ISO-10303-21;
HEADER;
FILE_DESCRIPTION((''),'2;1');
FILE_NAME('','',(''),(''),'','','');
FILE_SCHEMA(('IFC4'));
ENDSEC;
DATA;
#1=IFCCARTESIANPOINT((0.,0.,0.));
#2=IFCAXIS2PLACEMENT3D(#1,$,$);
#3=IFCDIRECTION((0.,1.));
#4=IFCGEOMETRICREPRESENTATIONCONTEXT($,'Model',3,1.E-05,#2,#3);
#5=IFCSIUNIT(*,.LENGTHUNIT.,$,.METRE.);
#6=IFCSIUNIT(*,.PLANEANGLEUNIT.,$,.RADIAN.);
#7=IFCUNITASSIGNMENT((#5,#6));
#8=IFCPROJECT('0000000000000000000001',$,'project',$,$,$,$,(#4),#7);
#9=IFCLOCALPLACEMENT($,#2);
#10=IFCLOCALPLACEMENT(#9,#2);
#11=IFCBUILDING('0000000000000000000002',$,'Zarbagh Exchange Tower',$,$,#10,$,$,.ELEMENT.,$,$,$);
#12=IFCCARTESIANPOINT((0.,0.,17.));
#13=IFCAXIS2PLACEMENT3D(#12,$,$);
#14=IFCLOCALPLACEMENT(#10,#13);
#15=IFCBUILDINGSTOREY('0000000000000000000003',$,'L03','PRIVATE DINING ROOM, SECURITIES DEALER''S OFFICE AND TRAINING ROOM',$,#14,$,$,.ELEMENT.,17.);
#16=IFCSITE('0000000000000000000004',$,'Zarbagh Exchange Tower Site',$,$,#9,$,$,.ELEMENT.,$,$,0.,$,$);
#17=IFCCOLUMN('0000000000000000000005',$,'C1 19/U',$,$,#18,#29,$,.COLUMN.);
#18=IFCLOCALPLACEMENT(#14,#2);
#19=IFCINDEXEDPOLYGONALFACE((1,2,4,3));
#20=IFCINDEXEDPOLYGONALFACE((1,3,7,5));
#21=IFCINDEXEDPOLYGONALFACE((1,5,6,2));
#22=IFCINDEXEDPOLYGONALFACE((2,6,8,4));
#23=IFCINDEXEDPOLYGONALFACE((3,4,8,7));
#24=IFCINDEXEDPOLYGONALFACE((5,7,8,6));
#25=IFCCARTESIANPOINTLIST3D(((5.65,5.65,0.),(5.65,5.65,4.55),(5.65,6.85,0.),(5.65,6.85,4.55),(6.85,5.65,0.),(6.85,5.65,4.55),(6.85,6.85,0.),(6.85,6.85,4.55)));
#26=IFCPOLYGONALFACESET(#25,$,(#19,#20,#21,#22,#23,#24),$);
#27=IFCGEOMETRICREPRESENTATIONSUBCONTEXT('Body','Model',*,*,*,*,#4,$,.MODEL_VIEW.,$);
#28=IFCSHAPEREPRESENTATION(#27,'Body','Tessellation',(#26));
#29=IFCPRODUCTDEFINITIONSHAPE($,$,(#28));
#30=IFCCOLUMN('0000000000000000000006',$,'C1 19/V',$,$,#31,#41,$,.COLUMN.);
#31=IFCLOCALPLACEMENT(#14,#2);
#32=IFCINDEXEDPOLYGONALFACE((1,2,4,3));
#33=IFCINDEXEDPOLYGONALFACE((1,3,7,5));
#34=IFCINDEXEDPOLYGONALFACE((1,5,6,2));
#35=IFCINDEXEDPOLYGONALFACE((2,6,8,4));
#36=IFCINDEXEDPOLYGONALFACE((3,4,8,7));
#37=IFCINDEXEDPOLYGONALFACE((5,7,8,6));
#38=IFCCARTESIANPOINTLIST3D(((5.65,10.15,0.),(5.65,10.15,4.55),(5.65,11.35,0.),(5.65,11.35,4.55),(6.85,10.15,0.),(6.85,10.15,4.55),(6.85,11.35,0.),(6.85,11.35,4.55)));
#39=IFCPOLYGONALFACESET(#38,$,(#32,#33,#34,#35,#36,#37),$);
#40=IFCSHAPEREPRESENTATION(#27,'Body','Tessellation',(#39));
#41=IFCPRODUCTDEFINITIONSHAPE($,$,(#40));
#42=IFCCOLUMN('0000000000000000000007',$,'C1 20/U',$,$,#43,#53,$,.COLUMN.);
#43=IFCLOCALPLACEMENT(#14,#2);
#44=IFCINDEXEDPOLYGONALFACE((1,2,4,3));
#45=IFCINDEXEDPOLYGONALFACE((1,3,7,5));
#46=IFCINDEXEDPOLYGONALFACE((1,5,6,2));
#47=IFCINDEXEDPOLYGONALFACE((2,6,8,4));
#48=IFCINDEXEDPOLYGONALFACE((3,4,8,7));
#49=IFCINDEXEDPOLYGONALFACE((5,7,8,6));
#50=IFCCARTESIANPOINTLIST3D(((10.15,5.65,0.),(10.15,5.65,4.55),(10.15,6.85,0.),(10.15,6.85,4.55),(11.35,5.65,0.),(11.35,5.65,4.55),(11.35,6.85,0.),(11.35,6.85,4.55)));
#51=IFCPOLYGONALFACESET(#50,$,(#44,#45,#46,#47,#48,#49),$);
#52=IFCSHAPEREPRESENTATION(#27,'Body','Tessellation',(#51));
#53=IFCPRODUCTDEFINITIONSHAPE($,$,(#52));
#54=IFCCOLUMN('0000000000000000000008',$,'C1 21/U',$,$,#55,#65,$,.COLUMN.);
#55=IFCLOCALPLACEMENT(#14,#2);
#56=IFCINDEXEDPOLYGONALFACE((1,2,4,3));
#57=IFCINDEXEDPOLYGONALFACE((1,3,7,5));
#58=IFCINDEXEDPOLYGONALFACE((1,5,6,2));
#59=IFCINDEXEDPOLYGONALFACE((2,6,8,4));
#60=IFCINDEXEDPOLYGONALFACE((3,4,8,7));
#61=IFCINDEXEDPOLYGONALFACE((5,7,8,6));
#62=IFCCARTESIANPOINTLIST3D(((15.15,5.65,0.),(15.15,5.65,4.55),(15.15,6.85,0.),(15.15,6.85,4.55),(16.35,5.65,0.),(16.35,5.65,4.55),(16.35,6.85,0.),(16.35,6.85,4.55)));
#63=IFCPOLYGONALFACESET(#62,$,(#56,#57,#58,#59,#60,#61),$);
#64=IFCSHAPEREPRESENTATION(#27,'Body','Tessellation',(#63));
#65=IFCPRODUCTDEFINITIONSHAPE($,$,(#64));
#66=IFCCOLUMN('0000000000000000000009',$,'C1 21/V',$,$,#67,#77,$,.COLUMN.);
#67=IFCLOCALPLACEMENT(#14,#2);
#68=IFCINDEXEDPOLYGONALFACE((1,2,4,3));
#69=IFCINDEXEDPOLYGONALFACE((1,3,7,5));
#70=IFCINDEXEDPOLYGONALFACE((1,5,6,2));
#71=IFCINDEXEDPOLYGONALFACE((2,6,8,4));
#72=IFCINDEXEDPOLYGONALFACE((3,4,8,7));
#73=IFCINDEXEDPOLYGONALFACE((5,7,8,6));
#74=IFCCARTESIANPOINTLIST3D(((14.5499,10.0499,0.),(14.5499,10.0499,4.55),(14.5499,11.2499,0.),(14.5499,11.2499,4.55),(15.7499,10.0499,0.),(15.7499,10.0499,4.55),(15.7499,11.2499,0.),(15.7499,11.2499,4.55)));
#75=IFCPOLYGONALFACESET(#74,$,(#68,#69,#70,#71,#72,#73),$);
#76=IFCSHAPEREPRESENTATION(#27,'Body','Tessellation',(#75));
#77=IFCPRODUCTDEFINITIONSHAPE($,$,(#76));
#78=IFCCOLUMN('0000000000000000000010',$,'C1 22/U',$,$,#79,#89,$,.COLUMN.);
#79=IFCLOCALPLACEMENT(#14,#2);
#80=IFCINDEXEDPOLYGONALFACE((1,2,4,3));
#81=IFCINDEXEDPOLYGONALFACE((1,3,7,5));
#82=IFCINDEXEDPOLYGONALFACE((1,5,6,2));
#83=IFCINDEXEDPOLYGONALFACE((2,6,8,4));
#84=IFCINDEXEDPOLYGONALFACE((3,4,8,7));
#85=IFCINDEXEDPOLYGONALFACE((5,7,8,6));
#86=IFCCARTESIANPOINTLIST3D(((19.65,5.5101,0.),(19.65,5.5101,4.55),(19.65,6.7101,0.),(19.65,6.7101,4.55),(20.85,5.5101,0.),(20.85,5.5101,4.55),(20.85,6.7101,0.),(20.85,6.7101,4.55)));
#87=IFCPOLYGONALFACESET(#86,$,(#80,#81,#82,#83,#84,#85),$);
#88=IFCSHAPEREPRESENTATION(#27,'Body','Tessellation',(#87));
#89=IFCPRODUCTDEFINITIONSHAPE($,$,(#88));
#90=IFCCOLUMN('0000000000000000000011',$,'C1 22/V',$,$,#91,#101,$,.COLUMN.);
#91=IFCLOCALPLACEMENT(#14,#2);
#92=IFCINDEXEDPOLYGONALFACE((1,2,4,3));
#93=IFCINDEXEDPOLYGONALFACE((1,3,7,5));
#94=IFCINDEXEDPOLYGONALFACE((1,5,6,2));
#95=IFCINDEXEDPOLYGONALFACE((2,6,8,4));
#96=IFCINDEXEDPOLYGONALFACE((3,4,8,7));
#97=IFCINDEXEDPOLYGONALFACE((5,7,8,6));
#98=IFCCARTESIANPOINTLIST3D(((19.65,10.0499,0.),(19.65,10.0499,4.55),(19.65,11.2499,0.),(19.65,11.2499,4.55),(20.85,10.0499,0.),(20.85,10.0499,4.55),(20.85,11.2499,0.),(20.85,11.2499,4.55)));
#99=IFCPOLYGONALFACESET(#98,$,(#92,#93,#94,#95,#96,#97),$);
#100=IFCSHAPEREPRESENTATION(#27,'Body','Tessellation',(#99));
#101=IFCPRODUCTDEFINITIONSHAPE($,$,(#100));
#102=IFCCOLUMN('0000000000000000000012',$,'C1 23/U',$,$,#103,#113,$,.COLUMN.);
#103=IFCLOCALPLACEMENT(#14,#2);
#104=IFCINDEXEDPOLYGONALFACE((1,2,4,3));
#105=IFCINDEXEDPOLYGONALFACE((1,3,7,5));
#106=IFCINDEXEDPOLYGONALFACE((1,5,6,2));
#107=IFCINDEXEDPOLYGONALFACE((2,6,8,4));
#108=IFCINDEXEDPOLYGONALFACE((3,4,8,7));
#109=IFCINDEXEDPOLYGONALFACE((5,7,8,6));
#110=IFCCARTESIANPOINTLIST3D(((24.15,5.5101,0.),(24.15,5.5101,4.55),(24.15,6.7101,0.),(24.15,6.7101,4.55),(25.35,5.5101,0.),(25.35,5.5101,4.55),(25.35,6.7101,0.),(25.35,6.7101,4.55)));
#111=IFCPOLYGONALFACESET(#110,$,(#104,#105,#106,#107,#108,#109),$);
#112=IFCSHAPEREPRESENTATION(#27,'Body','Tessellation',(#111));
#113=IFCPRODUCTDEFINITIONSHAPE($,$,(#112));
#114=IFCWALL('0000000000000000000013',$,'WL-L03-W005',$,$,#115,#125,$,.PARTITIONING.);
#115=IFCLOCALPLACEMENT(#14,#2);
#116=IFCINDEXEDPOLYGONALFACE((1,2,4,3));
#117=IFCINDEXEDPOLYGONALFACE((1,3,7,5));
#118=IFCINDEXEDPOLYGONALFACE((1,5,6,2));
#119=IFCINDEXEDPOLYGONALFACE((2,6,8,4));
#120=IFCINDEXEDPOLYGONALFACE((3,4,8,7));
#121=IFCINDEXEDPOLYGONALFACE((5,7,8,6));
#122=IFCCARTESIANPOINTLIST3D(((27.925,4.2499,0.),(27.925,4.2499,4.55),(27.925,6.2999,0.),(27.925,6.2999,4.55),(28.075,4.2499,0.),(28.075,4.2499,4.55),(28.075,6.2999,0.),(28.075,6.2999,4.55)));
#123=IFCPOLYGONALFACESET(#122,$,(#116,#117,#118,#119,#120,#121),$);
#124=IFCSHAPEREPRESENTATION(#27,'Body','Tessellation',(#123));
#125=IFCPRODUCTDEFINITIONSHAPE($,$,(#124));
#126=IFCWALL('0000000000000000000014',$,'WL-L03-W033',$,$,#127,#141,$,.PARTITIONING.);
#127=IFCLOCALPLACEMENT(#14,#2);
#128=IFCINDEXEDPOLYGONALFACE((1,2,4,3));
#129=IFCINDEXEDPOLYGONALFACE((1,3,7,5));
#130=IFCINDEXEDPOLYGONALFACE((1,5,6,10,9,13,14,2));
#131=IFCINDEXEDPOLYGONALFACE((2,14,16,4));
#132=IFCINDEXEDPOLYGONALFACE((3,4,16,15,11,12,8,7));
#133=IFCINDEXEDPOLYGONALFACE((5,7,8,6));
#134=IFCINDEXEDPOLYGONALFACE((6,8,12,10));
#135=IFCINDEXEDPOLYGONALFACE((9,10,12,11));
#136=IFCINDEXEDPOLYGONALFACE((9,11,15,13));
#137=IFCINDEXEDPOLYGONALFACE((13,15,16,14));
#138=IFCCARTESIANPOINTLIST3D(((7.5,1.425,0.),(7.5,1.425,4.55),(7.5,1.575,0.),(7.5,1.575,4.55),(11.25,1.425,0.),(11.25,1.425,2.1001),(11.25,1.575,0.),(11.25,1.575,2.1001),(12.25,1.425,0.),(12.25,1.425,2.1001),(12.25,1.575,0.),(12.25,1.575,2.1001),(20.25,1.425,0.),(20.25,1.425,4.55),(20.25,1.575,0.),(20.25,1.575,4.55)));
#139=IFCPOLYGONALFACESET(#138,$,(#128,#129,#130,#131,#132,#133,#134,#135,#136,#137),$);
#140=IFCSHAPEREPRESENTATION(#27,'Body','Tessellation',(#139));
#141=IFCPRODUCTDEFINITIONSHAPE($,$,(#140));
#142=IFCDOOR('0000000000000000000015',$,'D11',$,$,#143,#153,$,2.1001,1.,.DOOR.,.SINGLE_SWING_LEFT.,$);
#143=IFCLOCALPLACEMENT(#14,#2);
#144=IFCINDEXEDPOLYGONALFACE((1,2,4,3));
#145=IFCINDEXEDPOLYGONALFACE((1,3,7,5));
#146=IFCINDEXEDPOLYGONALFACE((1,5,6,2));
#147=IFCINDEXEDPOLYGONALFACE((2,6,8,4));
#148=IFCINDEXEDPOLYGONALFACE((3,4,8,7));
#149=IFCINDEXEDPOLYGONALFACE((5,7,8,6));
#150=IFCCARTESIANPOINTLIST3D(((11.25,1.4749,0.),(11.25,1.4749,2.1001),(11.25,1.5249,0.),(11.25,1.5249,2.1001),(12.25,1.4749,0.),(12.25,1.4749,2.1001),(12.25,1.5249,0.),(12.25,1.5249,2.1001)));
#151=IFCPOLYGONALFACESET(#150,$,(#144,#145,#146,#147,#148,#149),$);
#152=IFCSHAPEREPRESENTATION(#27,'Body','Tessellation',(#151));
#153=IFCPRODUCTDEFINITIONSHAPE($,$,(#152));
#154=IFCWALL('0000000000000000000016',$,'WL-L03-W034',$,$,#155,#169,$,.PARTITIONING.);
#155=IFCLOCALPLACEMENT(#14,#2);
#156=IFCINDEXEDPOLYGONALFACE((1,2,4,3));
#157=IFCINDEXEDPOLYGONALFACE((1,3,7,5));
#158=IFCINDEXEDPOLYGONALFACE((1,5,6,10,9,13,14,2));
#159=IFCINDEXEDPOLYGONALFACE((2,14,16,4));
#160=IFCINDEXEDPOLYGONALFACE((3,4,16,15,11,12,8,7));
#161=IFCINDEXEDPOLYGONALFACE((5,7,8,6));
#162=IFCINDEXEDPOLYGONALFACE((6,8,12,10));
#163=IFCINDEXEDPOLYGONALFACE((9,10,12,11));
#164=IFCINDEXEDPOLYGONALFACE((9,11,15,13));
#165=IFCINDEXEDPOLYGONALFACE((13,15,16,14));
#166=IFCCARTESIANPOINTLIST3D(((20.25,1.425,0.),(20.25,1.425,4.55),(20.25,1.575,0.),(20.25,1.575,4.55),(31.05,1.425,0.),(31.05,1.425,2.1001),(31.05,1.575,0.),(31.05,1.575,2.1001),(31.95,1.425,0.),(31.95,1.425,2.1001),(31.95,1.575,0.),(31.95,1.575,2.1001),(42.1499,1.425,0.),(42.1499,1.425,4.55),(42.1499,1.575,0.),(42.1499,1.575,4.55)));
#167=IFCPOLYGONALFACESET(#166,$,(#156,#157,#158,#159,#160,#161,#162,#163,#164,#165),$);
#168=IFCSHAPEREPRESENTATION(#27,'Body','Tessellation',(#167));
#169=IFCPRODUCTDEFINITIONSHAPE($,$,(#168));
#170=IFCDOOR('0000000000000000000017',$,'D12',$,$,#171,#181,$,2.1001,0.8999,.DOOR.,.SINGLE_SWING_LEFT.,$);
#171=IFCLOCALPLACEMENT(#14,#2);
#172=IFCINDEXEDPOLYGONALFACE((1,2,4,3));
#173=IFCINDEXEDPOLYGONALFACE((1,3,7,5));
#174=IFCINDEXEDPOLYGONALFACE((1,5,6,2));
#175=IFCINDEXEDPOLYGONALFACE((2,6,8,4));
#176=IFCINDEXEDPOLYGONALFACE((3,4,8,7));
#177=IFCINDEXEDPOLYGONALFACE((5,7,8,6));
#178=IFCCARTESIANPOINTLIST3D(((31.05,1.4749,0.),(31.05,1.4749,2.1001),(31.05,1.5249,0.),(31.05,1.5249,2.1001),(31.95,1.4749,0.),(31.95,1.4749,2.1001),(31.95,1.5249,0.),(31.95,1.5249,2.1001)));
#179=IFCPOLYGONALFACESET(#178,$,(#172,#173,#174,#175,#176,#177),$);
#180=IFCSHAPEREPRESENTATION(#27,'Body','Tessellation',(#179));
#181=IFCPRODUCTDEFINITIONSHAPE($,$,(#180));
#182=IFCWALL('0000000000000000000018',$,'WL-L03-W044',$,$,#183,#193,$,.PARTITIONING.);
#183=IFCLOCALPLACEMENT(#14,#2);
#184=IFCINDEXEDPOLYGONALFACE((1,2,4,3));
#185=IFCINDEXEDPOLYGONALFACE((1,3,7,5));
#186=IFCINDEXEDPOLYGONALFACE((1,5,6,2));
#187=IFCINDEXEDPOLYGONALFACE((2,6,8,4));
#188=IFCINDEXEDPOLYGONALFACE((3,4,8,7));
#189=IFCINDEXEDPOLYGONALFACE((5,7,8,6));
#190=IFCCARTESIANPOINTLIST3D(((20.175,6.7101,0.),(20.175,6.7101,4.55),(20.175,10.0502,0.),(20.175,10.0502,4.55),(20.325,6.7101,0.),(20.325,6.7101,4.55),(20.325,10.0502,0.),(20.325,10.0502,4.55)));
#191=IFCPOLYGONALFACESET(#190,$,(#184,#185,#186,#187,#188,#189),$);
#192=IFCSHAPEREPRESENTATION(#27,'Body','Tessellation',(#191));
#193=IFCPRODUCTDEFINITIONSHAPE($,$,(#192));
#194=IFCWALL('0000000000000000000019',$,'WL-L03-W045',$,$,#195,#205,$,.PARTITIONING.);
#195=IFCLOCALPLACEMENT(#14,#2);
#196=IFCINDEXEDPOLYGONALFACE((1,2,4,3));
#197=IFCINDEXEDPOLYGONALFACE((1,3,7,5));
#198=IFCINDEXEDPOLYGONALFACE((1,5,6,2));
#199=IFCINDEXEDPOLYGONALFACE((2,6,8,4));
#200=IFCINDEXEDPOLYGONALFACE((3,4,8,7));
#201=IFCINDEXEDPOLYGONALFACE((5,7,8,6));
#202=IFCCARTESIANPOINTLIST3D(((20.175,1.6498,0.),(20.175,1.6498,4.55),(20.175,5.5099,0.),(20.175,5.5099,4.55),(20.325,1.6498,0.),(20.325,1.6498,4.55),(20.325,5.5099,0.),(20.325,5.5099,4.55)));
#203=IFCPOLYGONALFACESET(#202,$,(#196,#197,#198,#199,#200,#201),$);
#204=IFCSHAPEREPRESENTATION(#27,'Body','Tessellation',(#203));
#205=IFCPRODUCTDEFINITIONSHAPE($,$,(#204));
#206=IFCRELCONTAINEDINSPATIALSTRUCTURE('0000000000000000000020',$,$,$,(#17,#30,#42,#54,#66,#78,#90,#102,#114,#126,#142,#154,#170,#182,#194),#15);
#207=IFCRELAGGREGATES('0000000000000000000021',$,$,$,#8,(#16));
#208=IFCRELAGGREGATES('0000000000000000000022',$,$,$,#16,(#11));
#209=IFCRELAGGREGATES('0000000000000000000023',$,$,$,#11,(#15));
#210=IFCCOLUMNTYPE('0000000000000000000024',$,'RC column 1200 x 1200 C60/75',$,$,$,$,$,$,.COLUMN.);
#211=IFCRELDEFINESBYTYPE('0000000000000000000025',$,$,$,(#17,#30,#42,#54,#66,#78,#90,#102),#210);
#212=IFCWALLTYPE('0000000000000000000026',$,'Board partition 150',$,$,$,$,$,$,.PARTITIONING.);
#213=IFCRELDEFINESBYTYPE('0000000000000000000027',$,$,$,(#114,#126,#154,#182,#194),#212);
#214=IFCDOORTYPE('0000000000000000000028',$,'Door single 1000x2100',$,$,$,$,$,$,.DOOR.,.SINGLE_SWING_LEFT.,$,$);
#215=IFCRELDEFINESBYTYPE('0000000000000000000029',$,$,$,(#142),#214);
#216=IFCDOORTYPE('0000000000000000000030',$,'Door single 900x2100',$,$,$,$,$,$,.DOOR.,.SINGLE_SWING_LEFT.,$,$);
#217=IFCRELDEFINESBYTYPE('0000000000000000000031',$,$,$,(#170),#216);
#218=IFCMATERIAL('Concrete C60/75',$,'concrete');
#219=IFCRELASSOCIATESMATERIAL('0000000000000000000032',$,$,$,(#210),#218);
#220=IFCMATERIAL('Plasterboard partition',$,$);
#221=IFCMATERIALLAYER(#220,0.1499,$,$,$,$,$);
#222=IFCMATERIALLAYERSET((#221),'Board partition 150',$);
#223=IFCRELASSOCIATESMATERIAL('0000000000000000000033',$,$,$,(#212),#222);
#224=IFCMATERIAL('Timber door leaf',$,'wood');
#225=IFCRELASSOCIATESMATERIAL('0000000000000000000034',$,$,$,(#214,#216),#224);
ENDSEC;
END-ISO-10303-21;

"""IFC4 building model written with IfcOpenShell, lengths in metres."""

from ifc_helpers import new_model, si_unit, direction, frame, frame_2d, origin, origin_2d, place, context, subcontext, project, spatial, rectangle, extrude, material, layer, layer_set, material_profile, profile_set, type_object, element, fill, save


model = new_model("IFC4")

# Units and contexts
model_context = context("Model", 3, precision=1e-05, world=origin(), true_north=direction((0.0, 1.0)))
body_context = subcontext(model_context, "Body", "Model", "MODEL_VIEW")
ifc_project = project(units=[si_unit("LENGTHUNIT", "METRE"), si_unit("PLANEANGLEUNIT", "RADIAN")], contexts=[model_context])

# Site, building, storey
site_placement = place(None, origin())
site = spatial("IfcSite", under=ifc_project, at=site_placement, Name="Zarbagh Exchange Tower Site", CompositionType="ELEMENT", RefElevation=0.0)
building_placement = place(site_placement, origin())
building = spatial("IfcBuilding", under=site, at=building_placement, Name="Zarbagh Exchange Tower", CompositionType="ELEMENT")
storey_placement = place(building_placement, frame((0.0, 0.0, 17.0)))
storey = spatial("IfcBuildingStorey", under=building, at=storey_placement, Name="L03", Description="PRIVATE DINING ROOM, SECURITIES DEALER'S OFFICE AND TRAINING ROOM", CompositionType="ELEMENT", Elevation=17.0)

# Columns
ifc_material_1 = material(Name="Concrete C60/75", Category="concrete")
ifc_material_profile = material_profile(ifc_material_1, rectangle(XDim=1.2, YDim=1.2, at=origin_2d()), Name="RC column 1200 x 1200 C60/75")
ifc_profile_set = profile_set([ifc_material_profile], Name="Concrete C60/75")
column_type = type_object("IfcColumnType", Name="RC column 1200 x 1200 C60/75", PredefinedType="COLUMN", material=ifc_profile_set)
for number, where, z_axis, x_axis, name in (
    (1, (6.25, 6.25, 0.0), (0.0, 0.0, 1.0), (1.0, 0.0, 0.0), "C1 19/U"),
    (2, (6.25, 10.75, 0.0), (0.0, 0.0, 1.0), (1.0, 0.0, 0.0), "C1 19/V"),
    (3, (10.75, 6.25, 0.0), (0.0, 0.0, 1.0), (1.0, 0.0, 0.0), "C1 20/U"),
    (4, (15.75, 6.25, 0.0), (0.0, 0.0, 1.0), (1.0, 0.0, 0.0), "C1 21/U"),
    (5, (15.1499, 10.6499, 0.0), (0.0, 0.0, 1.0), (1.0, 0.0, 0.0), "C1 21/V"),
    (6, (20.25, 6.1101, 0.0), (0.0, 0.0, 1.0), (1.0, 0.0, 0.0), "C1 22/U"),
    (7, (20.25, 10.6499, 0.0), (0.0, 0.0, 1.0), (1.0, 0.0, 0.0), "C1 22/V"),
    (8, (24.75, 6.1101, 0.0), (0.0, 0.0, 1.0), (1.0, 0.0, 0.0), "C1 23/U"),
):
    element("IfcColumn", number, at=place(storey_placement, frame(where, z_axis=z_axis, x_axis=x_axis)), inside=storey, type_object=column_type, Name=name, PredefinedType="COLUMN", context=body_context, shape_type="SweptSolid", body=[
        extrude(rectangle(XDim=1.2, YDim=1.2, at=origin_2d()), origin(), (0.0, 0.0, 1.0), 4.55),
    ])

# Wall
ifc_material_2 = material(Name="Plasterboard partition")
ifc_layer_1 = layer(ifc_material_2, 0.1499)
ifc_layer_set_1 = layer_set([ifc_layer_1], Name="Board partition 150")
wall_type_1 = type_object("IfcWallType", Name="Board partition 150", PredefinedType="PARTITIONING", material=ifc_layer_set_1)
wall_1_placement = place(storey_placement, frame((28.0, 4.25, 0.0), z_axis=(0.0, 0.0, 1.0), x_axis=(0.0, 1.0, 0.0)))
element("IfcWall", 9, at=wall_1_placement, inside=storey, type_object=wall_type_1, Name="WL-L03-W005", PredefinedType="PARTITIONING", context=body_context, shape_type="SweptSolid", body=[
    extrude(rectangle(XDim=2.05, YDim=0.1499, at=frame_2d((1.0249, 0.0))), origin(), (0.0, 0.0, 1.0), 4.55),
])

# Walls, openings, doors
wall_2_placement = place(storey_placement, frame((7.5, 1.5, 0.0), z_axis=(0.0, 0.0, 1.0), x_axis=(1.0, 0.0, 0.0)))
wall_2 = element("IfcWall", 10, at=wall_2_placement, inside=storey, type_object=wall_type_1, Name="WL-L03-W033", PredefinedType="PARTITIONING", context=body_context, shape_type="SweptSolid", body=[
    extrude(rectangle(XDim=12.75, YDim=0.1499, at=frame_2d((6.375, 0.0))), origin(), (0.0, 0.0, 1.0), 4.55),
])
opening_1_placement = place(wall_2_placement, frame((3.75, 0.0, 0.0)))
opening_1 = element("IfcOpeningElement", 11, at=opening_1_placement, cuts=wall_2, PredefinedType="OPENING", context=body_context, shape_type="SweptSolid", body=[
    extrude(rectangle(XDim=1.0, YDim=2.1001, at=frame_2d((0.5, 1.05))), frame((0.0, 0.085, 0.0), z_axis=(0.0, -1.0, 0.0), x_axis=(1.0, 0.0, 0.0)), (0.0, 0.0, 1.0), 0.1699),
])
ifc_material_3 = material(Name="Timber door leaf", Category="wood")
door_type_1 = type_object("IfcDoorType", Name="Door single 1000x2100", OperationType="SINGLE_SWING_LEFT", PredefinedType="DOOR", material=ifc_material_3)
door_1_placement = place(opening_1_placement, origin())
door_1 = element("IfcDoor", 12, at=door_1_placement, inside=storey, type_object=door_type_1, Name="D11", OperationType="SINGLE_SWING_LEFT", OverallHeight=2.1001, OverallWidth=1.0, PredefinedType="DOOR", context=body_context, shape_type="SweptSolid", body=[
    extrude(rectangle(XDim=1.0, YDim=2.1001, at=frame_2d((0.5, 1.05))), frame((0.0, 0.0249, 0.0), z_axis=(0.0, -1.0, 0.0), x_axis=(1.0, 0.0, 0.0)), (0.0, 0.0, 1.0), 0.05),
])
fill(opening_1, door_1)
wall_3_placement = place(storey_placement, frame((20.25, 1.5, 0.0), z_axis=(0.0, 0.0, 1.0), x_axis=(1.0, 0.0, 0.0)))
wall_3 = element("IfcWall", 13, at=wall_3_placement, inside=storey, type_object=wall_type_1, Name="WL-L03-W034", PredefinedType="PARTITIONING", context=body_context, shape_type="SweptSolid", body=[
    extrude(rectangle(XDim=21.8999, YDim=0.1499, at=frame_2d((10.95, 0.0))), origin(), (0.0, 0.0, 1.0), 4.55),
])
opening_2_placement = place(wall_3_placement, frame((10.8, 0.0, 0.0)))
opening_2 = element("IfcOpeningElement", 14, at=opening_2_placement, cuts=wall_3, PredefinedType="OPENING", context=body_context, shape_type="SweptSolid", body=[
    extrude(rectangle(XDim=0.8999, YDim=2.1001, at=frame_2d((0.45, 1.05))), frame((0.0, 0.085, 0.0), z_axis=(0.0, -1.0, 0.0), x_axis=(1.0, 0.0, 0.0)), (0.0, 0.0, 1.0), 0.1699),
])
door_type_2 = type_object("IfcDoorType", Name="Door single 900x2100", OperationType="SINGLE_SWING_LEFT", PredefinedType="DOOR", material=ifc_material_3)
door_2_placement = place(opening_2_placement, origin())
door_2 = element("IfcDoor", 15, at=door_2_placement, inside=storey, type_object=door_type_2, Name="D12", OperationType="SINGLE_SWING_LEFT", OverallHeight=2.1001, OverallWidth=0.8999, PredefinedType="DOOR", context=body_context, shape_type="SweptSolid", body=[
    extrude(rectangle(XDim=0.8999, YDim=2.1001, at=frame_2d((0.45, 1.05))), frame((0.0, 0.0249, 0.0), z_axis=(0.0, -1.0, 0.0), x_axis=(1.0, 0.0, 0.0)), (0.0, 0.0, 1.0), 0.05),
])
fill(opening_2, door_2)

# Walls
wall_4_placement = place(storey_placement, frame((20.25, 10.05, 0.0), z_axis=(0.0, 0.0, 1.0), x_axis=(0.0, -1.0, 0.0)))
element("IfcWall", 16, at=wall_4_placement, inside=storey, type_object=wall_type_1, Name="WL-L03-W044", PredefinedType="PARTITIONING", context=body_context, shape_type="SweptSolid", body=[
    extrude(rectangle(XDim=3.3401, YDim=0.1499, at=frame_2d((1.6699, 0.0))), origin(), (0.0, 0.0, 1.0), 4.55),
])
wall_5_placement = place(storey_placement, frame((20.25, 5.51, 0.0), z_axis=(0.0, 0.0, 1.0), x_axis=(0.0, -1.0, 0.0)))
element("IfcWall", 17, at=wall_5_placement, inside=storey, type_object=wall_type_1, Name="WL-L03-W045", PredefinedType="PARTITIONING", context=body_context, shape_type="SweptSolid", body=[
    extrude(rectangle(XDim=3.8601, YDim=0.1499, at=frame_2d((1.9302, 0.0))), origin(), (0.0, 0.0, 1.0), 4.55),
])

save(model, "model.ifc")
